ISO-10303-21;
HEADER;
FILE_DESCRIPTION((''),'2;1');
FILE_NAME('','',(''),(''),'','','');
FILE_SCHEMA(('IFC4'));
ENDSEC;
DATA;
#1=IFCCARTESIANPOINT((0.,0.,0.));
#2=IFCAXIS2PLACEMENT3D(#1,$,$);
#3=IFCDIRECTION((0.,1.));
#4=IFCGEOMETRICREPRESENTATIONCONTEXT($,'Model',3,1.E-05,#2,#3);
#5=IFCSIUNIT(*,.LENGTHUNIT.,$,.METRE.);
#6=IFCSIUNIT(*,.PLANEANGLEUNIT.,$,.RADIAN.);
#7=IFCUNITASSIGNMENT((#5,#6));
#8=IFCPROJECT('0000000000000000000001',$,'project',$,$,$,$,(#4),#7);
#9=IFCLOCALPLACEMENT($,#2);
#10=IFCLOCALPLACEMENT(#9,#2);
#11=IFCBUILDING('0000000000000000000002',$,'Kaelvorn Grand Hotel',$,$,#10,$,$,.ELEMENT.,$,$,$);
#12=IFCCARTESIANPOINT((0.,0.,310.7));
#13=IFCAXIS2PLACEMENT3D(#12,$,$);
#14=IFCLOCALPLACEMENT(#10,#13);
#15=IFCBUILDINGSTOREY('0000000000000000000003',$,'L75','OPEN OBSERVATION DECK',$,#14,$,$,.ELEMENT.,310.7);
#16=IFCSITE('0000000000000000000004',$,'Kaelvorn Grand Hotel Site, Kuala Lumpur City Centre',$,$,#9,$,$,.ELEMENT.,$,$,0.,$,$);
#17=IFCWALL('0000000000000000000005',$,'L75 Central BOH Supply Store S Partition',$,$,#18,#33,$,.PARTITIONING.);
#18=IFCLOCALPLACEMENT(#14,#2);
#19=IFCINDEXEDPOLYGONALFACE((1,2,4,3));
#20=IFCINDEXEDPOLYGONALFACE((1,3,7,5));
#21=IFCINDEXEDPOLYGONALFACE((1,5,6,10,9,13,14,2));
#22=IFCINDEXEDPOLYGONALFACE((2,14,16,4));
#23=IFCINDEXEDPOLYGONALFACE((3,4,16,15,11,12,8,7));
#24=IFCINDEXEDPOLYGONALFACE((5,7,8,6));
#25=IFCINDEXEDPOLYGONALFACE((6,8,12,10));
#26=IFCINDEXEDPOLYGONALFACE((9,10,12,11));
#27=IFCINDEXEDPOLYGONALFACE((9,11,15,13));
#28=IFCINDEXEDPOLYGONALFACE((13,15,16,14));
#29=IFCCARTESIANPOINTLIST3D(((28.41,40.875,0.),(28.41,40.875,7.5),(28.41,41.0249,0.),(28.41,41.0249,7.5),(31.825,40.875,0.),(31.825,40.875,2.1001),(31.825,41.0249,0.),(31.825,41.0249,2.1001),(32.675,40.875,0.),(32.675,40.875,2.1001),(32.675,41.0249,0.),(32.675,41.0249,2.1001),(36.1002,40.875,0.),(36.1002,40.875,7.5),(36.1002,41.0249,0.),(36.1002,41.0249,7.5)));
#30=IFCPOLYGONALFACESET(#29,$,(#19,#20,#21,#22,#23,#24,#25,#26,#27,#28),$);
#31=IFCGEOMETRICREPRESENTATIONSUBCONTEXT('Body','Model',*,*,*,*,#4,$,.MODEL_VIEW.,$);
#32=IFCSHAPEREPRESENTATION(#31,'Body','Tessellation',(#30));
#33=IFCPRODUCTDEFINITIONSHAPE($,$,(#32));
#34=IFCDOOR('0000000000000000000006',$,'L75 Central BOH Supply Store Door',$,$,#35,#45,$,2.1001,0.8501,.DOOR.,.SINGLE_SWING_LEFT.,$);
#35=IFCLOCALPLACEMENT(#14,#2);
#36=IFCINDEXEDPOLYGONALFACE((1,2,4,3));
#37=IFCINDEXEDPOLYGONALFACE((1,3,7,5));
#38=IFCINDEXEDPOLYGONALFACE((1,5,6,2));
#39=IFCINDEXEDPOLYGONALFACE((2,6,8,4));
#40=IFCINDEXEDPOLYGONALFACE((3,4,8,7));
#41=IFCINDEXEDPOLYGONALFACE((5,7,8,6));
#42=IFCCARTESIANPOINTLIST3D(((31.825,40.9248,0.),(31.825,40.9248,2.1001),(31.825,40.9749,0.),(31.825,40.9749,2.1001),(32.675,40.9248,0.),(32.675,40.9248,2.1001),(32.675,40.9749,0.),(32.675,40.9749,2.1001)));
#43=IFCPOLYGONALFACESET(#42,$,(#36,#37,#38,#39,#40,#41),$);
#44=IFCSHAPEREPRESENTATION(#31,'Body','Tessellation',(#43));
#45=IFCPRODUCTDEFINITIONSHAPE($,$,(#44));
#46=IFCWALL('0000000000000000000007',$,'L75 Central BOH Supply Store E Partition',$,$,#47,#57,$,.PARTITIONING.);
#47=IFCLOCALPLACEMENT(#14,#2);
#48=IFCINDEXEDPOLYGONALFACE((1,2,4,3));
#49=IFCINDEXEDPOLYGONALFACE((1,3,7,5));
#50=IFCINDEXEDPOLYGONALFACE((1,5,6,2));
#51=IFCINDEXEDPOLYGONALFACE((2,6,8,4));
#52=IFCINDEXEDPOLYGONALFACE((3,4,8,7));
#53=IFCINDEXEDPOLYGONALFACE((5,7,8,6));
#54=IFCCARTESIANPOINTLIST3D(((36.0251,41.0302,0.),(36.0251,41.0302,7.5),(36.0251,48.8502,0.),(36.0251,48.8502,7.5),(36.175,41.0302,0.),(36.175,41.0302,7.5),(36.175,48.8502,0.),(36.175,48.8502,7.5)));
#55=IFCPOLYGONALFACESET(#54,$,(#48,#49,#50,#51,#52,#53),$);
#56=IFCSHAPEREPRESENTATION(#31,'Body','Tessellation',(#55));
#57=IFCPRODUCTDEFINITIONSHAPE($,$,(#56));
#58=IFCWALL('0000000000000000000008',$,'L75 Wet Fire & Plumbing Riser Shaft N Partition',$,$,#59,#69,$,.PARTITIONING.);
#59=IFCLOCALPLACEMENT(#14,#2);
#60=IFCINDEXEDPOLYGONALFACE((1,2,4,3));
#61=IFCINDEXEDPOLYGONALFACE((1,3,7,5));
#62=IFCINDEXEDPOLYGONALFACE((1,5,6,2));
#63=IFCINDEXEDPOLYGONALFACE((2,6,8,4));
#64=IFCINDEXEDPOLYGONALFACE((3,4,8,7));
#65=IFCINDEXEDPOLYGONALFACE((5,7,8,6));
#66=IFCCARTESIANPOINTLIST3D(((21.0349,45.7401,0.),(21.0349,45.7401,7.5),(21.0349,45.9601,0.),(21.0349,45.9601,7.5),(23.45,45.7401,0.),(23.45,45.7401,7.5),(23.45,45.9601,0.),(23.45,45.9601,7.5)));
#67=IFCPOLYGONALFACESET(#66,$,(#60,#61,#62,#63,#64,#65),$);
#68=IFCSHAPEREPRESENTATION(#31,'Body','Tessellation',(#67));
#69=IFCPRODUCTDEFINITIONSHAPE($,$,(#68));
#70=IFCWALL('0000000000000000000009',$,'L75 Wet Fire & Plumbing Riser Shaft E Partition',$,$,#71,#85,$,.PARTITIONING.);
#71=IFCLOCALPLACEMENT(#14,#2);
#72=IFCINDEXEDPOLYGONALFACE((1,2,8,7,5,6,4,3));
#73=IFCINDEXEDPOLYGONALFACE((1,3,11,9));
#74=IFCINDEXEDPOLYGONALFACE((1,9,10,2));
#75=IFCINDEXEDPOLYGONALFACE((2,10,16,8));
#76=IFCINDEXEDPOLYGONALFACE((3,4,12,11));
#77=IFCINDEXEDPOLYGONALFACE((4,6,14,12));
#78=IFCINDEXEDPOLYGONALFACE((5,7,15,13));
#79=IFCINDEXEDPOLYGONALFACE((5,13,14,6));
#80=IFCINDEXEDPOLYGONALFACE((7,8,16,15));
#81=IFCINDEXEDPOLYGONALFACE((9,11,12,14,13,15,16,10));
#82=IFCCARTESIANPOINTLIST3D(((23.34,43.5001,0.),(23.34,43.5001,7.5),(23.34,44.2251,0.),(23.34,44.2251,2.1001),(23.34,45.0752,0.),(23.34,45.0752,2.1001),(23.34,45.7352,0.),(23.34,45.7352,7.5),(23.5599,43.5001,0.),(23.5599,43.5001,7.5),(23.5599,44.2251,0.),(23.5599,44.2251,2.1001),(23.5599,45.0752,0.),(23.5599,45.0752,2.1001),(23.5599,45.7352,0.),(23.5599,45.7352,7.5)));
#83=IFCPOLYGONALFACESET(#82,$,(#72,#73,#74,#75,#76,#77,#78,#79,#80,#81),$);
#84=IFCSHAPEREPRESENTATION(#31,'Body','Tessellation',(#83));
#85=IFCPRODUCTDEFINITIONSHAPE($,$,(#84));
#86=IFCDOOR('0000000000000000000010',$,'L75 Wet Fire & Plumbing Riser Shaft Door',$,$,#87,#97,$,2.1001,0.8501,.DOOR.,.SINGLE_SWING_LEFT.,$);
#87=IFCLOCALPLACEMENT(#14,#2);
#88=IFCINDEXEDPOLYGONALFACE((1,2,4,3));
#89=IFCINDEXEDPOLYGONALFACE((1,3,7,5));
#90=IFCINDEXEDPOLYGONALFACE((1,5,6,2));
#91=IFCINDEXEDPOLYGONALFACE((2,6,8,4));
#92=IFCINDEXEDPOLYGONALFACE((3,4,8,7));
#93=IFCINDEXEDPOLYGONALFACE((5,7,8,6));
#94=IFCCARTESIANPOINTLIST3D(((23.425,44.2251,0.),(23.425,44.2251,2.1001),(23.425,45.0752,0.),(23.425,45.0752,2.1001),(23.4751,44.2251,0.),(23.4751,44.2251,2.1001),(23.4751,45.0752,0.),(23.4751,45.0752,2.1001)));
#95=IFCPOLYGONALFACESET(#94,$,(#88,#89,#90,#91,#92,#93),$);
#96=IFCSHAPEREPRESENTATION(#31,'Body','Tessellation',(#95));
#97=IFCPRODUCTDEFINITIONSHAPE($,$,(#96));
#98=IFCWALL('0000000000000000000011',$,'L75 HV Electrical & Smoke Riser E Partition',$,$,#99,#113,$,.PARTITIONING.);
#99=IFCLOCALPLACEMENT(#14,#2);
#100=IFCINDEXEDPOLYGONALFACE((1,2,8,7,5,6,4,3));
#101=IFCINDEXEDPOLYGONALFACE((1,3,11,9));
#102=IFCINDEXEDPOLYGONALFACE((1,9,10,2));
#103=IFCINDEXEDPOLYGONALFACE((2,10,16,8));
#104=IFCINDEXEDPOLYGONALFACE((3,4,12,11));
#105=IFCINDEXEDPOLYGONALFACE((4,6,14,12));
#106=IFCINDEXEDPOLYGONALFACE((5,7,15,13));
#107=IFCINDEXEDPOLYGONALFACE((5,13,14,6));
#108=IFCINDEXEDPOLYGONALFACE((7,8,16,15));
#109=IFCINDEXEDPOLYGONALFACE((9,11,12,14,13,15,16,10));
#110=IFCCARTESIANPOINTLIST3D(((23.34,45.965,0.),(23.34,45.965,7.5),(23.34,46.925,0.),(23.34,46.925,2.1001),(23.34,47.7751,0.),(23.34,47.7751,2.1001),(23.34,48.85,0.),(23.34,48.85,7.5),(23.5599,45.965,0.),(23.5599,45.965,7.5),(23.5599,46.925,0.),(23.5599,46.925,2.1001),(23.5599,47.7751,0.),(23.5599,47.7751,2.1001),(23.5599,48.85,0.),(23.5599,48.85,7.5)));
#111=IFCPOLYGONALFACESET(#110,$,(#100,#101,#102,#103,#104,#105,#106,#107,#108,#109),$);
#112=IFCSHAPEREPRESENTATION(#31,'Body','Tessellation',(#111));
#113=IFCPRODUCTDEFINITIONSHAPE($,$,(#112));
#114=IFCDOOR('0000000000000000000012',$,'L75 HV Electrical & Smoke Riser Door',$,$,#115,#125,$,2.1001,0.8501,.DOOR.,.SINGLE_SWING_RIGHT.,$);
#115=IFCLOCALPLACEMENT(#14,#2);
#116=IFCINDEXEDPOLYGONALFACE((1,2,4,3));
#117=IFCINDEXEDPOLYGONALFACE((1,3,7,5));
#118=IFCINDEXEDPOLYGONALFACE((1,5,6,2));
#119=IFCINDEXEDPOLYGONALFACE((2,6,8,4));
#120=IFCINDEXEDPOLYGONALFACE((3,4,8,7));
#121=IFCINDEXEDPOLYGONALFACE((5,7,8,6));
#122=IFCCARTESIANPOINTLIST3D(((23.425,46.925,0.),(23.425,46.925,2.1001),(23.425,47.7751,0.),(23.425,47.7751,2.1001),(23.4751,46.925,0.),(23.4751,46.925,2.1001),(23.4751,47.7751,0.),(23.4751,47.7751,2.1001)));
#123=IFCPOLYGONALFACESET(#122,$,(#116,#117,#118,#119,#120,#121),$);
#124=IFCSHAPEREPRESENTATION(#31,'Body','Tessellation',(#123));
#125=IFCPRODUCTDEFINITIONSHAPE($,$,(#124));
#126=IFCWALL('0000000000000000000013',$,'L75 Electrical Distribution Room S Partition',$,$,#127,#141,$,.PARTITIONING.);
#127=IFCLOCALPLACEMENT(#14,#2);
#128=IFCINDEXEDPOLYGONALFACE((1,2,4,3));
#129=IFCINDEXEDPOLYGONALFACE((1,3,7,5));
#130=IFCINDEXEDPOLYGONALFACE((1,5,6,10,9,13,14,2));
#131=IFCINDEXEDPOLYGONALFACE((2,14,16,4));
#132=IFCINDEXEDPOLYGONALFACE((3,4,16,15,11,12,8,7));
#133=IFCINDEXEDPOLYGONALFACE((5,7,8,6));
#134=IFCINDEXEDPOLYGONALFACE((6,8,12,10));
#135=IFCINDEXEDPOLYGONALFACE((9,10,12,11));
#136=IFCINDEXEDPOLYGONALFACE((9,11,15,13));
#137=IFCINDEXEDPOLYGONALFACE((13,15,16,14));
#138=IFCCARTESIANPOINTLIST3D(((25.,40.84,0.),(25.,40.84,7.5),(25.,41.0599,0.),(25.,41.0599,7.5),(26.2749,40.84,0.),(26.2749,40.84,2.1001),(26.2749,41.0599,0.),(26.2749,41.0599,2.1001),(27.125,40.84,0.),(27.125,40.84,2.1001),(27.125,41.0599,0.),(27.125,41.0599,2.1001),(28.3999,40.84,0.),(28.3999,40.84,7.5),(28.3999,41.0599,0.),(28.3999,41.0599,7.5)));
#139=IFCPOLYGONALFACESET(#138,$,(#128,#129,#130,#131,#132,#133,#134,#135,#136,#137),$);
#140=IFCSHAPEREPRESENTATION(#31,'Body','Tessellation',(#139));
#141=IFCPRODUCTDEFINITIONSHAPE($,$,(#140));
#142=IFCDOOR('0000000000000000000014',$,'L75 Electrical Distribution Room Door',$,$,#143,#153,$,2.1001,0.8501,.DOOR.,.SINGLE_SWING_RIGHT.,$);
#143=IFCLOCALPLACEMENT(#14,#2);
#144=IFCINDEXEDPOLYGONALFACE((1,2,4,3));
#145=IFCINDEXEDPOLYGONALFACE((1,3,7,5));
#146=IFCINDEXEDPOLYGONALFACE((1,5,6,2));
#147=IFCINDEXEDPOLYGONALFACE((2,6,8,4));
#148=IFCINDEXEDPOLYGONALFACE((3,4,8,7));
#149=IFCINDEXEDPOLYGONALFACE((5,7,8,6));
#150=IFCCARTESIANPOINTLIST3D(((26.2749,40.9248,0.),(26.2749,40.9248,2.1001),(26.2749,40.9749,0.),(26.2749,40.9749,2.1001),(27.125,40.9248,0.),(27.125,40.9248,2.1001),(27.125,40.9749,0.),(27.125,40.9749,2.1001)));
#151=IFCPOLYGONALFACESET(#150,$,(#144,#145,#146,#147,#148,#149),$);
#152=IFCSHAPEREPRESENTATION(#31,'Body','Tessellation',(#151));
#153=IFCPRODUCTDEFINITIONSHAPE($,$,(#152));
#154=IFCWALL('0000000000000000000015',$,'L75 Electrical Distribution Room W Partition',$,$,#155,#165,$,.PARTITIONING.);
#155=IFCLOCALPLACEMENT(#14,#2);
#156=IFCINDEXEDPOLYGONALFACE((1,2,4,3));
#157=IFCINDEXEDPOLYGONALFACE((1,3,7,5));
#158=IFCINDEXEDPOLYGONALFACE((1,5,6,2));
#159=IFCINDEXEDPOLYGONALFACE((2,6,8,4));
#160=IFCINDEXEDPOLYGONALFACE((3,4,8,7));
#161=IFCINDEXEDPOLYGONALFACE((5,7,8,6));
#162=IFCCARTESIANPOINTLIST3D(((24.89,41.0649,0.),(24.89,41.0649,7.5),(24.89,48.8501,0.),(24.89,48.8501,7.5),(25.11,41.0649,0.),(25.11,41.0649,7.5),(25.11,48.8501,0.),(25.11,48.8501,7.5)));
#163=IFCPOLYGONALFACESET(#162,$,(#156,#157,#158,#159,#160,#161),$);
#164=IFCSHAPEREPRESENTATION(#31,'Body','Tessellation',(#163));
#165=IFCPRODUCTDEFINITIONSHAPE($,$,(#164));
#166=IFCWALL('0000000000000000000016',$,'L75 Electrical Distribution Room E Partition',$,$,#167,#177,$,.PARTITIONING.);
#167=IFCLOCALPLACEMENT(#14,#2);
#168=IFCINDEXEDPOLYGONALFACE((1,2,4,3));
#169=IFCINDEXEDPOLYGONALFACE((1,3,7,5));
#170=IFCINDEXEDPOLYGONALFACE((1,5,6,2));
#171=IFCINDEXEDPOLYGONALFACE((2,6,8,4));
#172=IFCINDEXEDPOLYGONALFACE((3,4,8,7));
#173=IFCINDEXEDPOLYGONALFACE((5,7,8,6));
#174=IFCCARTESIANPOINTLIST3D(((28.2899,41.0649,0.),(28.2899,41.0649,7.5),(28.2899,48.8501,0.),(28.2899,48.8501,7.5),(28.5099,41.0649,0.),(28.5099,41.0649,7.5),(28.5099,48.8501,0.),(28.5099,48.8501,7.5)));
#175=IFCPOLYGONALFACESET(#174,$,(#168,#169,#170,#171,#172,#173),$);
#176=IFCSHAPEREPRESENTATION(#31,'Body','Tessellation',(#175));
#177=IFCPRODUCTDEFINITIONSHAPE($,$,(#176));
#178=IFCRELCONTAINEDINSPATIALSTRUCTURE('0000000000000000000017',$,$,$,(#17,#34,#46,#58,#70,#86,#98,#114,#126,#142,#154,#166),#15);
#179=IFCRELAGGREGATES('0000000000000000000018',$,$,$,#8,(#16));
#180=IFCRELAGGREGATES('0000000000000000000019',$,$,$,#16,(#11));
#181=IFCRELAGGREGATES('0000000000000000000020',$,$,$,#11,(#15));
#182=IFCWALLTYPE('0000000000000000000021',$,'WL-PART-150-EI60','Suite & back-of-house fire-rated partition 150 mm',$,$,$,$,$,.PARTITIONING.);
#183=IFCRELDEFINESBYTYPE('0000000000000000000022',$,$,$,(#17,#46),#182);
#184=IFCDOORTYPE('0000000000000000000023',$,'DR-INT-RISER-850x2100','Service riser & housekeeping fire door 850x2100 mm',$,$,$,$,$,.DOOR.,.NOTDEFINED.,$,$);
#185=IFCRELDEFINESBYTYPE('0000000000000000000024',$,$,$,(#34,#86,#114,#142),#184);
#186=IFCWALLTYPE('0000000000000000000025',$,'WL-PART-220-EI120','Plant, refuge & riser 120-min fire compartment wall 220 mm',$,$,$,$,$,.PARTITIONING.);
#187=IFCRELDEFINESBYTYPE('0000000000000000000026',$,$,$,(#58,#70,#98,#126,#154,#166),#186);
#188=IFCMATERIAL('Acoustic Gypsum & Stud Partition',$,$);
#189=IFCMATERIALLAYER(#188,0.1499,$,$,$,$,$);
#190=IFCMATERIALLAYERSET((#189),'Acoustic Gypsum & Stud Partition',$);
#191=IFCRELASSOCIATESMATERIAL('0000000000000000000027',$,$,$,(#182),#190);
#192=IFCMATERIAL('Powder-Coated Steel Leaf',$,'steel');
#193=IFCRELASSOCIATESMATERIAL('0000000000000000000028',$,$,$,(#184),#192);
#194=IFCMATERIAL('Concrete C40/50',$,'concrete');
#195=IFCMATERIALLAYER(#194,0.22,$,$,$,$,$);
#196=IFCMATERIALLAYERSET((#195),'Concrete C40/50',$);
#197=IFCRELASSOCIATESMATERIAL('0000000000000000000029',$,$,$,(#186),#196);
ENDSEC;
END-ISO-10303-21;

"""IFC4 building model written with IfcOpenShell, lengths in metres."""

from ifc_helpers import new_model, si_unit, direction, frame, frame_2d, origin, place, context, subcontext, project, spatial, rectangle, extrude, material, layer, layer_set, type_object, element, fill, save


model = new_model("IFC4")

# Units and contexts
model_context = context("Model", 3, precision=1e-05, world=origin(), true_north=direction((0.0, 1.0)))
body_context = subcontext(model_context, "Body", "Model", "MODEL_VIEW")
ifc_project = project(units=[si_unit("LENGTHUNIT", "METRE"), si_unit("PLANEANGLEUNIT", "RADIAN")], contexts=[model_context])

# Site, building, storey
site_placement = place(None, origin())
site = spatial("IfcSite", under=ifc_project, at=site_placement, Name="Kaelvorn Grand Hotel Site, Kuala Lumpur City Centre", CompositionType="ELEMENT", RefElevation=0.0)
building_placement = place(site_placement, origin())
building = spatial("IfcBuilding", under=site, at=building_placement, Name="Kaelvorn Grand Hotel", CompositionType="ELEMENT")
storey_placement = place(building_placement, frame((0.0, 0.0, 310.7)))
storey = spatial("IfcBuildingStorey", under=building, at=storey_placement, Name="L75", Description="OPEN OBSERVATION DECK", CompositionType="ELEMENT", Elevation=310.7)

# Shared definitions
ifc_material_1 = material(Name="Concrete C40/50", Category="concrete")

# Wall, opening, door
ifc_material_2 = material(Name="Acoustic Gypsum & Stud Partition")
ifc_layer_1 = layer(ifc_material_2, 0.1499)
ifc_layer_set_1 = layer_set([ifc_layer_1], Name="Acoustic Gypsum & Stud Partition")
wall_type_1 = type_object("IfcWallType", Name="WL-PART-150-EI60", Description="Suite & back-of-house fire-rated partition 150 mm", PredefinedType="PARTITIONING", material=ifc_layer_set_1)
wall_1_placement = place(storey_placement, frame((28.4099, 40.95, 0.0), z_axis=(0.0, 0.0, 1.0), x_axis=(1.0, 0.0, 0.0)))
wall_1 = element("IfcWall", 1, at=wall_1_placement, inside=storey, type_object=wall_type_1, Name="L75 Central BOH Supply Store S Partition", PredefinedType="PARTITIONING", context=body_context, shape_type="SweptSolid", body=[
    extrude(rectangle(XDim=7.6902, YDim=0.1499, at=frame_2d((3.8452, 0.0))), origin(), (0.0, 0.0, 1.0), 7.5),
])
opening_1_placement = place(wall_1_placement, frame((3.415, 0.0, 0.0)))
opening_1 = element("IfcOpeningElement", 2, at=opening_1_placement, cuts=wall_1, PredefinedType="OPENING", context=body_context, shape_type="SweptSolid", body=[
    extrude(rectangle(XDim=0.8501, YDim=2.1001, at=frame_2d((0.425, 1.05))), frame((0.0, 0.085, 0.0), z_axis=(0.0, -1.0, 0.0), x_axis=(1.0, 0.0, 0.0)), (0.0, 0.0, 1.0), 0.1699),
])
ifc_material_3 = material(Name="Powder-Coated Steel Leaf", Category="steel")
door_type_1 = type_object("IfcDoorType", Name="DR-INT-RISER-850x2100", Description="Service riser & housekeeping fire door 850x2100 mm", OperationType="NOTDEFINED", PredefinedType="DOOR", material=ifc_material_3)
door_1_placement = place(opening_1_placement, origin())
door_1 = element("IfcDoor", 3, at=door_1_placement, inside=storey, type_object=door_type_1, Name="L75 Central BOH Supply Store Door", OperationType="SINGLE_SWING_LEFT", OverallHeight=2.1001, OverallWidth=0.8501, PredefinedType="DOOR", context=body_context, shape_type="SweptSolid", body=[
    extrude(rectangle(XDim=0.8501, YDim=2.1001, at=frame_2d((0.425, 1.05))), frame((0.0, 0.0249, 0.0), z_axis=(0.0, -1.0, 0.0), x_axis=(1.0, 0.0, 0.0)), (0.0, 0.0, 1.0), 0.05),
])
fill(opening_1, door_1)

# Walls
wall_2_placement = place(storey_placement, frame((36.1001, 41.03, 0.0), z_axis=(0.0, 0.0, 1.0), x_axis=(0.0, 1.0, 0.0)))
element("IfcWall", 4, at=wall_2_placement, inside=storey, type_object=wall_type_1, Name="L75 Central BOH Supply Store E Partition", PredefinedType="PARTITIONING", context=body_context, shape_type="SweptSolid", body=[
    extrude(rectangle(XDim=7.8201, YDim=0.1499, at=frame_2d((3.9102, 0.0))), origin(), (0.0, 0.0, 1.0), 7.5),
])
ifc_layer_2 = layer(ifc_material_1, 0.22)
ifc_layer_set_2 = layer_set([ifc_layer_2], Name="Concrete C40/50")
wall_type_2 = type_object("IfcWallType", Name="WL-PART-220-EI120", Description="Plant, refuge & riser 120-min fire compartment wall 220 mm", PredefinedType="PARTITIONING", material=ifc_layer_set_2)
wall_3_placement = place(storey_placement, frame((21.0349, 45.8501, 0.0), z_axis=(0.0, 0.0, 1.0), x_axis=(1.0, 0.0, 0.0)))
element("IfcWall", 5, at=wall_3_placement, inside=storey, type_object=wall_type_2, Name="L75 Wet Fire & Plumbing Riser Shaft N Partition", PredefinedType="PARTITIONING", context=body_context, shape_type="SweptSolid", body=[
    extrude(rectangle(XDim=2.415, YDim=0.22, at=frame_2d((1.2075, 0.0))), origin(), (0.0, 0.0, 1.0), 7.5),
])

# Walls, openings, doors
wall_4_placement = place(storey_placement, frame((23.45, 43.5, 0.0), z_axis=(0.0, 0.0, 1.0), x_axis=(0.0, 1.0, 0.0)))
wall_4 = element("IfcWall", 6, at=wall_4_placement, inside=storey, type_object=wall_type_2, Name="L75 Wet Fire & Plumbing Riser Shaft E Partition", PredefinedType="PARTITIONING", context=body_context, shape_type="SweptSolid", body=[
    extrude(rectangle(XDim=2.2351, YDim=0.22, at=frame_2d((1.1177, 0.0))), origin(), (0.0, 0.0, 1.0), 7.5),
])
opening_2_placement = place(wall_4_placement, frame((0.7251, 0.0, 0.0)))
opening_2 = element("IfcOpeningElement", 7, at=opening_2_placement, cuts=wall_4, PredefinedType="OPENING", context=body_context, shape_type="SweptSolid", body=[
    extrude(rectangle(XDim=0.8501, YDim=2.1001, at=frame_2d((0.425, 1.05))), frame((0.0, 0.1201, 0.0), z_axis=(0.0, -1.0, 0.0), x_axis=(1.0, 0.0, 0.0)), (0.0, 0.0, 1.0), 0.24),
])
door_2_placement = place(opening_2_placement, origin())
door_2 = element("IfcDoor", 8, at=door_2_placement, inside=storey, type_object=door_type_1, Name="L75 Wet Fire & Plumbing Riser Shaft Door", OperationType="SINGLE_SWING_LEFT", OverallHeight=2.1001, OverallWidth=0.8501, PredefinedType="DOOR", context=body_context, shape_type="SweptSolid", body=[
    extrude(rectangle(XDim=0.8501, YDim=2.1001, at=frame_2d((0.425, 1.05))), frame((0.0, 0.0249, 0.0), z_axis=(0.0, -1.0, 0.0), x_axis=(1.0, 0.0, 0.0)), (0.0, 0.0, 1.0), 0.05),
])
fill(opening_2, door_2)
wall_5_placement = place(storey_placement, frame((23.45, 45.9651, 0.0), z_axis=(0.0, 0.0, 1.0), x_axis=(0.0, 1.0, 0.0)))
wall_5 = element("IfcWall", 9, at=wall_5_placement, inside=storey, type_object=wall_type_2, Name="L75 HV Electrical & Smoke Riser E Partition", PredefinedType="PARTITIONING", context=body_context, shape_type="SweptSolid", body=[
    extrude(rectangle(XDim=2.885, YDim=0.22, at=frame_2d((1.4424, 0.0))), origin(), (0.0, 0.0, 1.0), 7.5),
])
opening_3_placement = place(wall_5_placement, frame((0.96, 0.0, 0.0)))
opening_3 = element("IfcOpeningElement", 10, at=opening_3_placement, cuts=wall_5, PredefinedType="OPENING", context=body_context, shape_type="SweptSolid", body=[
    extrude(rectangle(XDim=0.8501, YDim=2.1001, at=frame_2d((0.425, 1.05))), frame((0.0, 0.1201, 0.0), z_axis=(0.0, -1.0, 0.0), x_axis=(1.0, 0.0, 0.0)), (0.0, 0.0, 1.0), 0.24),
])
door_3_placement = place(opening_3_placement, origin())
door_3 = element("IfcDoor", 11, at=door_3_placement, inside=storey, type_object=door_type_1, Name="L75 HV Electrical & Smoke Riser Door", OperationType="SINGLE_SWING_RIGHT", OverallHeight=2.1001, OverallWidth=0.8501, PredefinedType="DOOR", context=body_context, shape_type="SweptSolid", body=[
    extrude(rectangle(XDim=0.8501, YDim=2.1001, at=frame_2d((0.425, 1.05))), frame((0.0, 0.0249, 0.0), z_axis=(0.0, -1.0, 0.0), x_axis=(1.0, 0.0, 0.0)), (0.0, 0.0, 1.0), 0.05),
])
fill(opening_3, door_3)
wall_6_placement = place(storey_placement, frame((25.0, 40.95, 0.0), z_axis=(0.0, 0.0, 1.0), x_axis=(1.0, 0.0, 0.0)))
wall_6 = element("IfcWall", 12, at=wall_6_placement, inside=storey, type_object=wall_type_2, Name="L75 Electrical Distribution Room S Partition", PredefinedType="PARTITIONING", context=body_context, shape_type="SweptSolid", body=[
    extrude(rectangle(XDim=3.3999, YDim=0.22, at=frame_2d((1.7, 0.0))), origin(), (0.0, 0.0, 1.0), 7.5),
])
opening_4_placement = place(wall_6_placement, frame((1.2749, 0.0, 0.0)))
opening_4 = element("IfcOpeningElement", 13, at=opening_4_placement, cuts=wall_6, PredefinedType="OPENING", context=body_context, shape_type="SweptSolid", body=[
    extrude(rectangle(XDim=0.8501, YDim=2.1001, at=frame_2d((0.425, 1.05))), frame((0.0, 0.1201, 0.0), z_axis=(0.0, -1.0, 0.0), x_axis=(1.0, 0.0, 0.0)), (0.0, 0.0, 1.0), 0.24),
])
door_4_placement = place(opening_4_placement, origin())
door_4 = element("IfcDoor", 14, at=door_4_placement, inside=storey, type_object=door_type_1, Name="L75 Electrical Distribution Room Door", OperationType="SINGLE_SWING_RIGHT", OverallHeight=2.1001, OverallWidth=0.8501, PredefinedType="DOOR", context=body_context, shape_type="SweptSolid", body=[
    extrude(rectangle(XDim=0.8501, YDim=2.1001, at=frame_2d((0.425, 1.05))), frame((0.0, 0.0249, 0.0), z_axis=(0.0, -1.0, 0.0), x_axis=(1.0, 0.0, 0.0)), (0.0, 0.0, 1.0), 0.05),
])
fill(opening_4, door_4)

# Walls
for number, where, z_axis, x_axis, name in (
    (15, (25.0, 41.0649, 0.0), (0.0, 0.0, 1.0), (0.0, 1.0, 0.0), "L75 Electrical Distribution Room W Partition"),
    (16, (28.3999, 41.0649, 0.0), (0.0, 0.0, 1.0), (0.0, 1.0, 0.0), "L75 Electrical Distribution Room E Partition"),
):
    element("IfcWall", number, at=place(storey_placement, frame(where, z_axis=z_axis, x_axis=x_axis)), inside=storey, type_object=wall_type_2, Name=name, PredefinedType="PARTITIONING", context=body_context, shape_type="SweptSolid", body=[
        extrude(rectangle(XDim=7.7852, YDim=0.22, at=frame_2d((3.8926, 0.0))), origin(), (0.0, 0.0, 1.0), 7.5),
    ])

save(model, "model.ifc")
